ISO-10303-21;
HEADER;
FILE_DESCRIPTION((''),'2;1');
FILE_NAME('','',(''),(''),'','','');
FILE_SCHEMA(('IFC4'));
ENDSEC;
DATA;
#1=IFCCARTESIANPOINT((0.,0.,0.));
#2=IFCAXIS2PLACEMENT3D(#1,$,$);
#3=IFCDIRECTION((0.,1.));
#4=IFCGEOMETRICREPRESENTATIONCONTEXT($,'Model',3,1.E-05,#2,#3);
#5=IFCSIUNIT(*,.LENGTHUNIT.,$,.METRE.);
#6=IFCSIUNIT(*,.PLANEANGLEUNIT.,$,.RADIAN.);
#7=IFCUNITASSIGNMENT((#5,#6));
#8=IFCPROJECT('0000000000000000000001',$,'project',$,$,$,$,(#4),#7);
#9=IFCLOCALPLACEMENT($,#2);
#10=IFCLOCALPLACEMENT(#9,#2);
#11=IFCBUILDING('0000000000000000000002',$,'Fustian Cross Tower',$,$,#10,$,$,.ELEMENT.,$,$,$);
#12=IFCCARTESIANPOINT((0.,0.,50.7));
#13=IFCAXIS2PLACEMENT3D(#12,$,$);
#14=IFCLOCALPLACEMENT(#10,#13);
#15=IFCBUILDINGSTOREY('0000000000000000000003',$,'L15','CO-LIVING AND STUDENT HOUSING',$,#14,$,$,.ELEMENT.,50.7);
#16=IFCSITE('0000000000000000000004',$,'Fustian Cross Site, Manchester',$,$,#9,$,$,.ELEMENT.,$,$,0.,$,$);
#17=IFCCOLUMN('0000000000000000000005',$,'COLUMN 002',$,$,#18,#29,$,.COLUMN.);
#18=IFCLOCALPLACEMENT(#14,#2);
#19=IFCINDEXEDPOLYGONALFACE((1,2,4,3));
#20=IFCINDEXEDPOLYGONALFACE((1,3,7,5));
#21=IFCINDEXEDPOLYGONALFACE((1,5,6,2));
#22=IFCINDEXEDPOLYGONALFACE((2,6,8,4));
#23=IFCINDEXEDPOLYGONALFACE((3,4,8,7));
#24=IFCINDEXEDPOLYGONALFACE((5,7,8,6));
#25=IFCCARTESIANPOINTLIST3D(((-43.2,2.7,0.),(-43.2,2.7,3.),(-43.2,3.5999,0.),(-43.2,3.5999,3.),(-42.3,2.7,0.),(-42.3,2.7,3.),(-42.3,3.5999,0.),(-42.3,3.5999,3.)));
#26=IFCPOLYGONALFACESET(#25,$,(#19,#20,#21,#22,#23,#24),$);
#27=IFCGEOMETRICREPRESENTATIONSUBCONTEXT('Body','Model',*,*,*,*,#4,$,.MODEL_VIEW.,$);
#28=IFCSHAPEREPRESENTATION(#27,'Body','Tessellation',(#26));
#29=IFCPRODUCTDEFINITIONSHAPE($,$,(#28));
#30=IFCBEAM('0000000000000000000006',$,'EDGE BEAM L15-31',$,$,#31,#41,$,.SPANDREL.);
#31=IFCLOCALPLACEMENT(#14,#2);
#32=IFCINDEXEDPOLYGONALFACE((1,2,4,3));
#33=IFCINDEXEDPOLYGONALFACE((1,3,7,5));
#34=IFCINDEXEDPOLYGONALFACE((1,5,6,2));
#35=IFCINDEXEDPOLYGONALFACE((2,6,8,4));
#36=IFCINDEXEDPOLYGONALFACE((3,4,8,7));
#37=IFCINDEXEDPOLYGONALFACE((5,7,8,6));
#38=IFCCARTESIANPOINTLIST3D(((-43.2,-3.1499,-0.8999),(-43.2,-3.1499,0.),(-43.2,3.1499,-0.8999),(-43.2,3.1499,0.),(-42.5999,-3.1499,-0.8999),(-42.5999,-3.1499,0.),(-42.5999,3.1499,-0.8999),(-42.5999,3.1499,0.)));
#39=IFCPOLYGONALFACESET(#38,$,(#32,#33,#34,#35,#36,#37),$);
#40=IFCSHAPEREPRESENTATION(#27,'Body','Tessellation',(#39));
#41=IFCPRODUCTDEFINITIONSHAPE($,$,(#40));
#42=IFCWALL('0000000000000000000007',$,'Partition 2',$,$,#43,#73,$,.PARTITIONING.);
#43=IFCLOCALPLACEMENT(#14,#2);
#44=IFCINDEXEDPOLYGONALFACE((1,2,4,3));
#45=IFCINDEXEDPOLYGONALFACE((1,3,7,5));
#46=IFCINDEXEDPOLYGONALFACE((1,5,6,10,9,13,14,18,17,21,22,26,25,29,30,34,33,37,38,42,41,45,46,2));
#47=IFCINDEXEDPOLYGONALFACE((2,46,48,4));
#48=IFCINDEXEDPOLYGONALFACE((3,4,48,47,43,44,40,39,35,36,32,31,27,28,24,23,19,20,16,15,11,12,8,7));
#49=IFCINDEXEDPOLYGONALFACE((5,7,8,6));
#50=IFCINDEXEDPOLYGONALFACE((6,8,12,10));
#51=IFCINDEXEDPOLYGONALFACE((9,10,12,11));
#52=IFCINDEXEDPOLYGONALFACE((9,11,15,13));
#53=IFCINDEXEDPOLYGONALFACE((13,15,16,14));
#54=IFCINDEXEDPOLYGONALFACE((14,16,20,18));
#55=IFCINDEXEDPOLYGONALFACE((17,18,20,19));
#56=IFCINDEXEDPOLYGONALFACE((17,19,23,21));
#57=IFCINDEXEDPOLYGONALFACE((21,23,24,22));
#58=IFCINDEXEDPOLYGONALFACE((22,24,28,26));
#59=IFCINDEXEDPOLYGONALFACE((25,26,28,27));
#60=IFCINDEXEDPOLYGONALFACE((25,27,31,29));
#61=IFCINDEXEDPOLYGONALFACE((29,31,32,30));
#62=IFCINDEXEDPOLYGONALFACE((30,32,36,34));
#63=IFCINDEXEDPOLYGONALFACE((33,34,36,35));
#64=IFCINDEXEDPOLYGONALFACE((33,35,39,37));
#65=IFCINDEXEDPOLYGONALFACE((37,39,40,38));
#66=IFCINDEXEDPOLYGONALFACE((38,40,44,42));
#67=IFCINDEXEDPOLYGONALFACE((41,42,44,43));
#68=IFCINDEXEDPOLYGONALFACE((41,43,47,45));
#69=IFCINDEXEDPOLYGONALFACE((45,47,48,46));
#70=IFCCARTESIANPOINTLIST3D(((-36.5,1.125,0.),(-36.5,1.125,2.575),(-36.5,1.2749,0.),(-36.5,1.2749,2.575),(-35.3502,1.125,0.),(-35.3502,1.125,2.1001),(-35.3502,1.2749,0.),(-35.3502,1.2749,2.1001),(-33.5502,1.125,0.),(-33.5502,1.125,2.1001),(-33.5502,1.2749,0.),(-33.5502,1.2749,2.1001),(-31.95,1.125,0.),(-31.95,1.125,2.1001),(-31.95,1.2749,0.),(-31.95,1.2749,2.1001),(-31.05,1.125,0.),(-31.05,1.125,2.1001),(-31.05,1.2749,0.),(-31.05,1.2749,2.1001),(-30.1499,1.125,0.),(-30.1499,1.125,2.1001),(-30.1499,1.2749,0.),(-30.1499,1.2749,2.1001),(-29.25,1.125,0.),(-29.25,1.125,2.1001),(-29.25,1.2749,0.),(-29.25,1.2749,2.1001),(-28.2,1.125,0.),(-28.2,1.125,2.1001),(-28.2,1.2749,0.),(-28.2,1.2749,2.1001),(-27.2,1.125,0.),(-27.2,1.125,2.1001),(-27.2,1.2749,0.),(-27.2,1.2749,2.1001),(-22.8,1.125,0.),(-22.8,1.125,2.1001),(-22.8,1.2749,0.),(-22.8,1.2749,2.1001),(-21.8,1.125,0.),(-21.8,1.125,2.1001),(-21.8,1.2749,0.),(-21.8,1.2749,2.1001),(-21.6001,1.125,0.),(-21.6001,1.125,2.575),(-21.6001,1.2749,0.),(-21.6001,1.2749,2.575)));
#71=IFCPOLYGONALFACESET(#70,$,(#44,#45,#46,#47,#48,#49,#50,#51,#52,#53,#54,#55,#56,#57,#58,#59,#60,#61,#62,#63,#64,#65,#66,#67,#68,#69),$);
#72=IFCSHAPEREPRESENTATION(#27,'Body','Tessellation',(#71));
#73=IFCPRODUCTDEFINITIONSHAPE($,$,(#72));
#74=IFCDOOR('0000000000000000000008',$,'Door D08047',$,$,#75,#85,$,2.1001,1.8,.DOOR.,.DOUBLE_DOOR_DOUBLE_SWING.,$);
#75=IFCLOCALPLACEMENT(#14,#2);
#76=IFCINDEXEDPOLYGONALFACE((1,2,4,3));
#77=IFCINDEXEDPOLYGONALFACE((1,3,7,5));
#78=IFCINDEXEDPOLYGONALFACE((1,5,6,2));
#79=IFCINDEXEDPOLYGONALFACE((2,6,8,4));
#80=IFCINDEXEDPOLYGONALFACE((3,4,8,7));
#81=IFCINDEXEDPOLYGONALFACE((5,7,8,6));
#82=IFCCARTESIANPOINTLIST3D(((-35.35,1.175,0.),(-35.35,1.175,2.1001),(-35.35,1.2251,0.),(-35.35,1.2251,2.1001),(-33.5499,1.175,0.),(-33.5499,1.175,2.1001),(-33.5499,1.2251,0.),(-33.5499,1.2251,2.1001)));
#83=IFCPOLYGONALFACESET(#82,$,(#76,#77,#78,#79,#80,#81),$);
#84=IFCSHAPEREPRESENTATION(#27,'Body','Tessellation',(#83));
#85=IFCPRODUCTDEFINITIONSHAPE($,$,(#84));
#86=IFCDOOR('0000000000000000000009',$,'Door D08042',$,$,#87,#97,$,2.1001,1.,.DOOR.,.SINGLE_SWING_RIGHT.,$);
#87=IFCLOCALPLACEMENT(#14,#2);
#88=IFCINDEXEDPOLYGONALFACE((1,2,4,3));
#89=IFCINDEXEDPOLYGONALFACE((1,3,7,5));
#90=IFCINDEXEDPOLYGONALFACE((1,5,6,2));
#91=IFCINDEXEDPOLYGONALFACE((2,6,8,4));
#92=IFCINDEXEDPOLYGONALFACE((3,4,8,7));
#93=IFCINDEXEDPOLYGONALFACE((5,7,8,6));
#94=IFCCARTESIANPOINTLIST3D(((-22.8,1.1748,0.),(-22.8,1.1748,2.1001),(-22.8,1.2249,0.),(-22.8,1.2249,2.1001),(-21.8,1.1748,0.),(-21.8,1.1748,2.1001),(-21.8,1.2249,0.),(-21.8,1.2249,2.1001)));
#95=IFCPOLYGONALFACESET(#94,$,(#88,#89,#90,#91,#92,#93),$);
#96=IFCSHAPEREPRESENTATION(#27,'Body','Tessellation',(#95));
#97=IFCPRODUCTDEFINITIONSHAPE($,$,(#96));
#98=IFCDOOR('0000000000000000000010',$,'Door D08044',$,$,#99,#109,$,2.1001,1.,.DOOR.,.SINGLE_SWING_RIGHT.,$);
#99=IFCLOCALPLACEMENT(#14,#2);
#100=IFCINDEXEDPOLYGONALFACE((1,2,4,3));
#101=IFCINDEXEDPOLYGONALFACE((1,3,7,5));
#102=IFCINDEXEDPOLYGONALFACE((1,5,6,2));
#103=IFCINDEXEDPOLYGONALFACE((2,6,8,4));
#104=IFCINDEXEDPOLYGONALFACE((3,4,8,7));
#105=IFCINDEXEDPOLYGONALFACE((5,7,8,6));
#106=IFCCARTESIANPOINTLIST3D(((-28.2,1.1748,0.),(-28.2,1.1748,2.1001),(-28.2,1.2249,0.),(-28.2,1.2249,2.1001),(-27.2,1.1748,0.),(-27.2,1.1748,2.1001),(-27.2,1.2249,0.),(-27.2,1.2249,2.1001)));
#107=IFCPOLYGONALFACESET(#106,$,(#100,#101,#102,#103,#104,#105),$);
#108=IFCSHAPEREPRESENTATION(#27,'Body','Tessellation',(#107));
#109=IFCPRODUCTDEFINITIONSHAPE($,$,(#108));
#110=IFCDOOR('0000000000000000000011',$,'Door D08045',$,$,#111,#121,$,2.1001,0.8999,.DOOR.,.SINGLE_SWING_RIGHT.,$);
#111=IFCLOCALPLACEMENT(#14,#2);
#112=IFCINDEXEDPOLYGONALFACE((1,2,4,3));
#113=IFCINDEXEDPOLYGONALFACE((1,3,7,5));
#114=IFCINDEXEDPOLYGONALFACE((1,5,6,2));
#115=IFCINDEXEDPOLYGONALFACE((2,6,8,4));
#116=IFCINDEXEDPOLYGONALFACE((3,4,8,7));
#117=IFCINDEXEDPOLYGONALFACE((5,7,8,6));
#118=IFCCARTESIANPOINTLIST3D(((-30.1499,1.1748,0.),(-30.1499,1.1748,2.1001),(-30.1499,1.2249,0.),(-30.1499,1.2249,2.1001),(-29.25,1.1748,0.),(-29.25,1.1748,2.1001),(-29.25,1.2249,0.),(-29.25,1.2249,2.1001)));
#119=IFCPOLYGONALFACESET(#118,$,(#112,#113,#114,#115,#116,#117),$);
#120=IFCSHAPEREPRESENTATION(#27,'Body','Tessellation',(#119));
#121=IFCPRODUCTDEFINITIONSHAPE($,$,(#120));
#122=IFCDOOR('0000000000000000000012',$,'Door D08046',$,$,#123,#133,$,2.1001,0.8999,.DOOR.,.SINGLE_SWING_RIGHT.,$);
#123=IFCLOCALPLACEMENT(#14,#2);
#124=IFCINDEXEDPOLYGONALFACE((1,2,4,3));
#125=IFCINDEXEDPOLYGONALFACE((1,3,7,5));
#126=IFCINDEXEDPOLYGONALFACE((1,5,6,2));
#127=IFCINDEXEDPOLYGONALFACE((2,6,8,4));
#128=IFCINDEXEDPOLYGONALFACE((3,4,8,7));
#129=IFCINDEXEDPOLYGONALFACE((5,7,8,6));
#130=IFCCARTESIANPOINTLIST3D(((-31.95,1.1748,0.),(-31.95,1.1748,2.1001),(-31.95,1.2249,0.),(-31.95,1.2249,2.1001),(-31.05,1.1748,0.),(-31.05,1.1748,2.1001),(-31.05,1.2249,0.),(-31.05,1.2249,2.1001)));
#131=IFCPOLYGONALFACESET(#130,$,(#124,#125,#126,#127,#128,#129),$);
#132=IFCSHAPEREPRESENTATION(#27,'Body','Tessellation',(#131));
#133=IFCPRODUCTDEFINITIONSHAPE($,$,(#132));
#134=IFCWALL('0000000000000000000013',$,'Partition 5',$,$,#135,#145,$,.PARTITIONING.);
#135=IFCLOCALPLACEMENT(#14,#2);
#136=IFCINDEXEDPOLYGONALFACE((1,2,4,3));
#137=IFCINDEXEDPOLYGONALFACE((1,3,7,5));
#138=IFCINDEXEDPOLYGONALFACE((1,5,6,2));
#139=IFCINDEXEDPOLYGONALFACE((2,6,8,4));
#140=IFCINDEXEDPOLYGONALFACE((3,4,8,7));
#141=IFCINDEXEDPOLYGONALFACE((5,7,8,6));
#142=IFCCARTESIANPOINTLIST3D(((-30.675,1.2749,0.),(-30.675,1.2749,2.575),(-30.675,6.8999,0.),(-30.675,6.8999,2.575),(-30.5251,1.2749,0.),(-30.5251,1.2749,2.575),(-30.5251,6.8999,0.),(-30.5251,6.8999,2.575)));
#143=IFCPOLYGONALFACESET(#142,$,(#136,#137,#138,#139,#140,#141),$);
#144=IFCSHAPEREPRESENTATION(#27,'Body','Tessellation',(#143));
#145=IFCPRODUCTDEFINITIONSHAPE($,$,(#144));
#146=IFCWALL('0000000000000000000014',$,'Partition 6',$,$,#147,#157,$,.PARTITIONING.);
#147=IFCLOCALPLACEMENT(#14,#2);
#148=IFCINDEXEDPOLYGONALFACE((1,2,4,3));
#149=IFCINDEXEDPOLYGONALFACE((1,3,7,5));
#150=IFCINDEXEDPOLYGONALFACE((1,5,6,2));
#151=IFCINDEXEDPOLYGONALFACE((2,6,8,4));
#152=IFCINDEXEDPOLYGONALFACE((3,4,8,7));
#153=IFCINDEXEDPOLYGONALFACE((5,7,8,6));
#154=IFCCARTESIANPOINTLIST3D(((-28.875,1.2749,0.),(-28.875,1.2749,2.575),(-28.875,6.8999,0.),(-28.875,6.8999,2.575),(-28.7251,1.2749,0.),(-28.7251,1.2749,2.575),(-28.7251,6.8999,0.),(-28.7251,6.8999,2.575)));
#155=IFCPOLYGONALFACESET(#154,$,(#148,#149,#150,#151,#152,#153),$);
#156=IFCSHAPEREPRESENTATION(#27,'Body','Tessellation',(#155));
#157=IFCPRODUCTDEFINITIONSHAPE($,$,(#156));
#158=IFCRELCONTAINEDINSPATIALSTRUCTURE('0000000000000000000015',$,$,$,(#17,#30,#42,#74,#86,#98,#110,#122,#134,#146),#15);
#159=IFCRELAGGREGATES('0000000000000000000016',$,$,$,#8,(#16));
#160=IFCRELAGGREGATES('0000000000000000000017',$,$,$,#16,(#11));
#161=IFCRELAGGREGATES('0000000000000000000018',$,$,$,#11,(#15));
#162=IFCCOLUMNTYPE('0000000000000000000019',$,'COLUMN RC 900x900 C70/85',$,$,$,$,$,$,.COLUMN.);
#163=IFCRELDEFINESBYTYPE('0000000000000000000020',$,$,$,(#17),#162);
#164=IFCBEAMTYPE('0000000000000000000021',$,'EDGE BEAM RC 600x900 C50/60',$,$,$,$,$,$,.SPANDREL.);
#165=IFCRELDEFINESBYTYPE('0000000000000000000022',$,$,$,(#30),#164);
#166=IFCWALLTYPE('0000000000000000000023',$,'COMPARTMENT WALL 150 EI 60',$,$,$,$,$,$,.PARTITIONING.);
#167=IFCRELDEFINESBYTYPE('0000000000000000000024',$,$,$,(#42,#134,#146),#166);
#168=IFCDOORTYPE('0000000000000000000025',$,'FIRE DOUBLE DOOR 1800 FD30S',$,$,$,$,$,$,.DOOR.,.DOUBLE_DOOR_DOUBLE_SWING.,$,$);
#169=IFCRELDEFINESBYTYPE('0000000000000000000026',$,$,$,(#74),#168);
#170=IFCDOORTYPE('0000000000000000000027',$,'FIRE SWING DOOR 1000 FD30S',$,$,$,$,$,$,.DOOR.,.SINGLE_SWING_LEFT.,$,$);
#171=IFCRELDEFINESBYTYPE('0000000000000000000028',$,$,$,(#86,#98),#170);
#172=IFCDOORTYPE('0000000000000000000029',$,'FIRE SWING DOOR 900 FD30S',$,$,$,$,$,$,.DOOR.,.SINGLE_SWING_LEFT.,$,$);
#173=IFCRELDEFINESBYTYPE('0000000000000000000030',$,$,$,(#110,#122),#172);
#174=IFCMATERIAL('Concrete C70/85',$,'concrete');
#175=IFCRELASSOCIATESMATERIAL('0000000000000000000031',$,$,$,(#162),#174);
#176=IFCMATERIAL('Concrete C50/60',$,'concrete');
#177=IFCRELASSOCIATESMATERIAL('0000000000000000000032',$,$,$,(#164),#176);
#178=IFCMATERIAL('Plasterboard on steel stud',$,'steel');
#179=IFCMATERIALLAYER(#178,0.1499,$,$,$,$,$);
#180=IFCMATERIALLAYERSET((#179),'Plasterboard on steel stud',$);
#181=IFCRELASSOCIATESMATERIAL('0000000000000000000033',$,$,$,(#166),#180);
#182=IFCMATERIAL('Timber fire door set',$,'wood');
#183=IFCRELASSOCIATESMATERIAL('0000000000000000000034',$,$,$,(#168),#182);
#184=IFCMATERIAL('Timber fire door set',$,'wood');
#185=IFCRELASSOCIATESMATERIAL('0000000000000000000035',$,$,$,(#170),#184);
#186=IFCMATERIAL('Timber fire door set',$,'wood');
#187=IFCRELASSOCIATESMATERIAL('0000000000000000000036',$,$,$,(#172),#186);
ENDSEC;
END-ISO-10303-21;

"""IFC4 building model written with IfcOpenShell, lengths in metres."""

from ifc_helpers import new_model, si_unit, direction, frame, frame_2d, origin, origin_2d, place, context, subcontext, project, spatial, rectangle, extrude, material, layer, layer_set, material_profile, profile_set, type_object, element, fill, save


model = new_model("IFC4")

# Units and contexts
model_context = context("Model", 3, precision=1e-05, world=origin(), true_north=direction((0.0, 1.0)))
body_context = subcontext(model_context, "Body", "Model", "MODEL_VIEW")
ifc_project = project(units=[si_unit("LENGTHUNIT", "METRE"), si_unit("PLANEANGLEUNIT", "RADIAN")], contexts=[model_context])

# Site, building, storey
site_placement = place(None, origin())
site = spatial("IfcSite", under=ifc_project, at=site_placement, Name="Fustian Cross Site, Manchester", CompositionType="ELEMENT", RefElevation=0.0)
building_placement = place(site_placement, origin())
building = spatial("IfcBuilding", under=site, at=building_placement, Name="Fustian Cross Tower", CompositionType="ELEMENT")
storey_placement = place(building_placement, frame((0.0, 0.0, 50.7)))
storey = spatial("IfcBuildingStorey", under=building, at=storey_placement, Name="L15", Description="CO-LIVING AND STUDENT HOUSING", CompositionType="ELEMENT", Elevation=50.7)

# Column
ifc_material_1 = material(Name="Concrete C70/85", Category="concrete")
ifc_material_profile_1 = material_profile(ifc_material_1, rectangle(XDim=0.8999, YDim=0.8999, at=origin_2d()), Name="RC 900x900")
ifc_profile_set_1 = profile_set([ifc_material_profile_1], Name="Concrete C70/85")
column_type = type_object("IfcColumnType", Name="COLUMN RC 900x900 C70/85", PredefinedType="COLUMN", material=ifc_profile_set_1)
column_placement = place(storey_placement, frame((-42.75, 3.1499, 0.0), z_axis=(0.0, 0.0, 1.0), x_axis=(1.0, 0.0, 0.0)))
element("IfcColumn", 1, at=column_placement, inside=storey, type_object=column_type, Name="COLUMN 002", PredefinedType="COLUMN", context=body_context, shape_type="SweptSolid", body=[
    extrude(rectangle(XDim=0.8999, YDim=0.8999, at=origin_2d()), origin(), (0.0, 0.0, 1.0), 3.0),
])

# Beam
ifc_material_2 = material(Name="Concrete C50/60", Category="concrete")
ifc_material_profile_2 = material_profile(ifc_material_2, rectangle(XDim=0.6001, YDim=0.8999, at=origin_2d()), Name="RC 600x900")
ifc_profile_set_2 = profile_set([ifc_material_profile_2], Name="Concrete C50/60")
beam_type = type_object("IfcBeamType", Name="EDGE BEAM RC 600x900 C50/60", PredefinedType="SPANDREL", material=ifc_profile_set_2)
beam_placement = place(storey_placement, frame((-42.8999, 3.1499, -0.45), z_axis=(0.0, -1.0, 0.0), x_axis=(1.0, 0.0, 0.0)))
element("IfcBeam", 2, at=beam_placement, inside=storey, type_object=beam_type, Name="EDGE BEAM L15-31", PredefinedType="SPANDREL", context=body_context, shape_type="SweptSolid", body=[
    extrude(rectangle(XDim=0.6001, YDim=0.8999, at=origin_2d()), origin(), (0.0, 0.0, 1.0), 6.2998),
])

# Wall, openings, doors
ifc_material_3 = material(Name="Plasterboard on steel stud", Category="steel")
ifc_layer_1 = layer(ifc_material_3, 0.1499)
ifc_layer_set_1 = layer_set([ifc_layer_1], Name="Plasterboard on steel stud")
wall_type_1 = type_object("IfcWallType", Name="COMPARTMENT WALL 150 EI 60", PredefinedType="PARTITIONING", material=ifc_layer_set_1)
wall_1_placement = place(storey_placement, frame((-36.5, 1.2, 0.0), z_axis=(0.0, 0.0, 1.0), x_axis=(1.0, 0.0, 0.0)))
wall_1 = element("IfcWall", 3, at=wall_1_placement, inside=storey, type_object=wall_type_1, Name="Partition 2", PredefinedType="PARTITIONING", context=body_context, shape_type="SweptSolid", body=[
    extrude(rectangle(XDim=14.8999, YDim=0.1499, at=frame_2d((7.45, 0.0))), origin(), (0.0, 0.0, 1.0), 2.575),
])
opening_1_placement = place(wall_1_placement, frame((13.7, 0.0, 0.0)))
opening_1 = element("IfcOpeningElement", 4, at=opening_1_placement, cuts=wall_1, PredefinedType="OPENING", context=body_context, shape_type="SweptSolid", body=[
    extrude(rectangle(XDim=1.0, YDim=2.1001, at=frame_2d((0.5, 1.05))), frame((0.0, 0.085, 0.0), z_axis=(0.0, -1.0, 0.0), x_axis=(1.0, 0.0, 0.0)), (0.0, 0.0, 1.0), 0.1699),
])
opening_2_placement = place(wall_1_placement, frame((8.3, 0.0, 0.0)))
opening_2 = element("IfcOpeningElement", 5, at=opening_2_placement, cuts=wall_1, PredefinedType="OPENING", context=body_context, shape_type="SweptSolid", body=[
    extrude(rectangle(XDim=1.0, YDim=2.1001, at=frame_2d((0.5, 1.05))), frame((0.0, 0.085, 0.0), z_axis=(0.0, -1.0, 0.0), x_axis=(1.0, 0.0, 0.0)), (0.0, 0.0, 1.0), 0.1699),
])
opening_3_placement = place(wall_1_placement, frame((6.3501, 0.0, 0.0)))
opening_3 = element("IfcOpeningElement", 6, at=opening_3_placement, cuts=wall_1, PredefinedType="OPENING", context=body_context, shape_type="SweptSolid", body=[
    extrude(rectangle(XDim=0.8999, YDim=2.1001, at=frame_2d((0.45, 1.05))), frame((0.0, 0.085, 0.0), z_axis=(0.0, -1.0, 0.0), x_axis=(1.0, 0.0, 0.0)), (0.0, 0.0, 1.0), 0.1699),
])
opening_4_placement = place(wall_1_placement, frame((4.55, 0.0, 0.0)))
opening_4 = element("IfcOpeningElement", 7, at=opening_4_placement, cuts=wall_1, PredefinedType="OPENING", context=body_context, shape_type="SweptSolid", body=[
    extrude(rectangle(XDim=0.8999, YDim=2.1001, at=frame_2d((0.45, 1.05))), frame((0.0, 0.085, 0.0), z_axis=(0.0, -1.0, 0.0), x_axis=(1.0, 0.0, 0.0)), (0.0, 0.0, 1.0), 0.1699),
])
opening_5_placement = place(wall_1_placement, frame((1.1499, 0.0, 0.0)))
opening_5 = element("IfcOpeningElement", 8, at=opening_5_placement, cuts=wall_1, PredefinedType="OPENING", context=body_context, shape_type="SweptSolid", body=[
    extrude(rectangle(XDim=1.8, YDim=2.1001, at=frame_2d((0.8999, 1.05))), frame((0.0, 0.085, 0.0), z_axis=(0.0, -1.0, 0.0), x_axis=(1.0, 0.0, 0.0)), (0.0, 0.0, 1.0), 0.1699),
])
ifc_material_4 = material(Name="Timber fire door set", Category="wood")
door_type_1 = type_object("IfcDoorType", Name="FIRE DOUBLE DOOR 1800 FD30S", OperationType="DOUBLE_DOOR_DOUBLE_SWING", PredefinedType="DOOR", material=ifc_material_4)
door_1_placement = place(opening_5_placement, frame((1.8, 0.0, 0.0), z_axis=(0.0, 0.0, 1.0), x_axis=(-1.0, 0.0, 0.0)))
door_1 = element("IfcDoor", 9, at=door_1_placement, inside=storey, type_object=door_type_1, Name="Door D08047", OperationType="DOUBLE_DOOR_DOUBLE_SWING", OverallHeight=2.1001, OverallWidth=1.8, PredefinedType="DOOR", context=body_context, shape_type="SweptSolid", body=[
    extrude(rectangle(XDim=1.8, YDim=2.1001, at=frame_2d((0.8999, 1.05))), frame((0.0, 0.0249, 0.0), z_axis=(0.0, -1.0, 0.0), x_axis=(1.0, 0.0, 0.0)), (0.0, 0.0, 1.0), 0.05),
])
fill(opening_5, door_1)
ifc_material_5 = material(Name="Timber fire door set", Category="wood")
door_type_2 = type_object("IfcDoorType", Name="FIRE SWING DOOR 1000 FD30S", OperationType="SINGLE_SWING_LEFT", PredefinedType="DOOR", material=ifc_material_5)
door_2_placement = place(opening_1_placement, origin())
door_2 = element("IfcDoor", 10, at=door_2_placement, inside=storey, type_object=door_type_2, Name="Door D08042", OperationType="SINGLE_SWING_RIGHT", OverallHeight=2.1001, OverallWidth=1.0, PredefinedType="DOOR", context=body_context, shape_type="SweptSolid", body=[
    extrude(rectangle(XDim=1.0, YDim=2.1001, at=frame_2d((0.5, 1.05))), frame((0.0, 0.0249, 0.0), z_axis=(0.0, -1.0, 0.0), x_axis=(1.0, 0.0, 0.0)), (0.0, 0.0, 1.0), 0.05),
])
fill(opening_1, door_2)
door_3_placement = place(opening_2_placement, origin())
door_3 = element("IfcDoor", 11, at=door_3_placement, inside=storey, type_object=door_type_2, Name="Door D08044", OperationType="SINGLE_SWING_RIGHT", OverallHeight=2.1001, OverallWidth=1.0, PredefinedType="DOOR", context=body_context, shape_type="SweptSolid", body=[
    extrude(rectangle(XDim=1.0, YDim=2.1001, at=frame_2d((0.5, 1.05))), frame((0.0, 0.0249, 0.0), z_axis=(0.0, -1.0, 0.0), x_axis=(1.0, 0.0, 0.0)), (0.0, 0.0, 1.0), 0.05),
])
fill(opening_2, door_3)
ifc_material_6 = material(Name="Timber fire door set", Category="wood")
door_type_3 = type_object("IfcDoorType", Name="FIRE SWING DOOR 900 FD30S", OperationType="SINGLE_SWING_LEFT", PredefinedType="DOOR", material=ifc_material_6)
door_4_placement = place(opening_3_placement, origin())
door_4 = element("IfcDoor", 12, at=door_4_placement, inside=storey, type_object=door_type_3, Name="Door D08045", OperationType="SINGLE_SWING_RIGHT", OverallHeight=2.1001, OverallWidth=0.8999, PredefinedType="DOOR", context=body_context, shape_type="SweptSolid", body=[
    extrude(rectangle(XDim=0.8999, YDim=2.1001, at=frame_2d((0.45, 1.05))), frame((0.0, 0.0249, 0.0), z_axis=(0.0, -1.0, 0.0), x_axis=(1.0, 0.0, 0.0)), (0.0, 0.0, 1.0), 0.05),
])
fill(opening_3, door_4)
door_5_placement = place(opening_4_placement, origin())
door_5 = element("IfcDoor", 13, at=door_5_placement, inside=storey, type_object=door_type_3, Name="Door D08046", OperationType="SINGLE_SWING_RIGHT", OverallHeight=2.1001, OverallWidth=0.8999, PredefinedType="DOOR", context=body_context, shape_type="SweptSolid", body=[
    extrude(rectangle(XDim=0.8999, YDim=2.1001, at=frame_2d((0.45, 1.05))), frame((0.0, 0.0249, 0.0), z_axis=(0.0, -1.0, 0.0), x_axis=(1.0, 0.0, 0.0)), (0.0, 0.0, 1.0), 0.05),
])
fill(opening_4, door_5)

# Walls
for number, where, z_axis, x_axis, name in (
    (14, (-30.6001, 1.2749, 0.0), (0.0, 0.0, 1.0), (0.0, 1.0, 0.0), "Partition 5"),
    (15, (-28.8, 1.2749, 0.0), (0.0, 0.0, 1.0), (0.0, 1.0, 0.0), "Partition 6"),
):
    element("IfcWall", number, at=place(storey_placement, frame(where, z_axis=z_axis, x_axis=x_axis)), inside=storey, type_object=wall_type_1, Name=name, PredefinedType="PARTITIONING", context=body_context, shape_type="SweptSolid", body=[
        extrude(rectangle(XDim=5.625, YDim=0.1499, at=frame_2d((2.8125, 0.0))), origin(), (0.0, 0.0, 1.0), 2.575),
    ])

save(model, "model.ifc")
